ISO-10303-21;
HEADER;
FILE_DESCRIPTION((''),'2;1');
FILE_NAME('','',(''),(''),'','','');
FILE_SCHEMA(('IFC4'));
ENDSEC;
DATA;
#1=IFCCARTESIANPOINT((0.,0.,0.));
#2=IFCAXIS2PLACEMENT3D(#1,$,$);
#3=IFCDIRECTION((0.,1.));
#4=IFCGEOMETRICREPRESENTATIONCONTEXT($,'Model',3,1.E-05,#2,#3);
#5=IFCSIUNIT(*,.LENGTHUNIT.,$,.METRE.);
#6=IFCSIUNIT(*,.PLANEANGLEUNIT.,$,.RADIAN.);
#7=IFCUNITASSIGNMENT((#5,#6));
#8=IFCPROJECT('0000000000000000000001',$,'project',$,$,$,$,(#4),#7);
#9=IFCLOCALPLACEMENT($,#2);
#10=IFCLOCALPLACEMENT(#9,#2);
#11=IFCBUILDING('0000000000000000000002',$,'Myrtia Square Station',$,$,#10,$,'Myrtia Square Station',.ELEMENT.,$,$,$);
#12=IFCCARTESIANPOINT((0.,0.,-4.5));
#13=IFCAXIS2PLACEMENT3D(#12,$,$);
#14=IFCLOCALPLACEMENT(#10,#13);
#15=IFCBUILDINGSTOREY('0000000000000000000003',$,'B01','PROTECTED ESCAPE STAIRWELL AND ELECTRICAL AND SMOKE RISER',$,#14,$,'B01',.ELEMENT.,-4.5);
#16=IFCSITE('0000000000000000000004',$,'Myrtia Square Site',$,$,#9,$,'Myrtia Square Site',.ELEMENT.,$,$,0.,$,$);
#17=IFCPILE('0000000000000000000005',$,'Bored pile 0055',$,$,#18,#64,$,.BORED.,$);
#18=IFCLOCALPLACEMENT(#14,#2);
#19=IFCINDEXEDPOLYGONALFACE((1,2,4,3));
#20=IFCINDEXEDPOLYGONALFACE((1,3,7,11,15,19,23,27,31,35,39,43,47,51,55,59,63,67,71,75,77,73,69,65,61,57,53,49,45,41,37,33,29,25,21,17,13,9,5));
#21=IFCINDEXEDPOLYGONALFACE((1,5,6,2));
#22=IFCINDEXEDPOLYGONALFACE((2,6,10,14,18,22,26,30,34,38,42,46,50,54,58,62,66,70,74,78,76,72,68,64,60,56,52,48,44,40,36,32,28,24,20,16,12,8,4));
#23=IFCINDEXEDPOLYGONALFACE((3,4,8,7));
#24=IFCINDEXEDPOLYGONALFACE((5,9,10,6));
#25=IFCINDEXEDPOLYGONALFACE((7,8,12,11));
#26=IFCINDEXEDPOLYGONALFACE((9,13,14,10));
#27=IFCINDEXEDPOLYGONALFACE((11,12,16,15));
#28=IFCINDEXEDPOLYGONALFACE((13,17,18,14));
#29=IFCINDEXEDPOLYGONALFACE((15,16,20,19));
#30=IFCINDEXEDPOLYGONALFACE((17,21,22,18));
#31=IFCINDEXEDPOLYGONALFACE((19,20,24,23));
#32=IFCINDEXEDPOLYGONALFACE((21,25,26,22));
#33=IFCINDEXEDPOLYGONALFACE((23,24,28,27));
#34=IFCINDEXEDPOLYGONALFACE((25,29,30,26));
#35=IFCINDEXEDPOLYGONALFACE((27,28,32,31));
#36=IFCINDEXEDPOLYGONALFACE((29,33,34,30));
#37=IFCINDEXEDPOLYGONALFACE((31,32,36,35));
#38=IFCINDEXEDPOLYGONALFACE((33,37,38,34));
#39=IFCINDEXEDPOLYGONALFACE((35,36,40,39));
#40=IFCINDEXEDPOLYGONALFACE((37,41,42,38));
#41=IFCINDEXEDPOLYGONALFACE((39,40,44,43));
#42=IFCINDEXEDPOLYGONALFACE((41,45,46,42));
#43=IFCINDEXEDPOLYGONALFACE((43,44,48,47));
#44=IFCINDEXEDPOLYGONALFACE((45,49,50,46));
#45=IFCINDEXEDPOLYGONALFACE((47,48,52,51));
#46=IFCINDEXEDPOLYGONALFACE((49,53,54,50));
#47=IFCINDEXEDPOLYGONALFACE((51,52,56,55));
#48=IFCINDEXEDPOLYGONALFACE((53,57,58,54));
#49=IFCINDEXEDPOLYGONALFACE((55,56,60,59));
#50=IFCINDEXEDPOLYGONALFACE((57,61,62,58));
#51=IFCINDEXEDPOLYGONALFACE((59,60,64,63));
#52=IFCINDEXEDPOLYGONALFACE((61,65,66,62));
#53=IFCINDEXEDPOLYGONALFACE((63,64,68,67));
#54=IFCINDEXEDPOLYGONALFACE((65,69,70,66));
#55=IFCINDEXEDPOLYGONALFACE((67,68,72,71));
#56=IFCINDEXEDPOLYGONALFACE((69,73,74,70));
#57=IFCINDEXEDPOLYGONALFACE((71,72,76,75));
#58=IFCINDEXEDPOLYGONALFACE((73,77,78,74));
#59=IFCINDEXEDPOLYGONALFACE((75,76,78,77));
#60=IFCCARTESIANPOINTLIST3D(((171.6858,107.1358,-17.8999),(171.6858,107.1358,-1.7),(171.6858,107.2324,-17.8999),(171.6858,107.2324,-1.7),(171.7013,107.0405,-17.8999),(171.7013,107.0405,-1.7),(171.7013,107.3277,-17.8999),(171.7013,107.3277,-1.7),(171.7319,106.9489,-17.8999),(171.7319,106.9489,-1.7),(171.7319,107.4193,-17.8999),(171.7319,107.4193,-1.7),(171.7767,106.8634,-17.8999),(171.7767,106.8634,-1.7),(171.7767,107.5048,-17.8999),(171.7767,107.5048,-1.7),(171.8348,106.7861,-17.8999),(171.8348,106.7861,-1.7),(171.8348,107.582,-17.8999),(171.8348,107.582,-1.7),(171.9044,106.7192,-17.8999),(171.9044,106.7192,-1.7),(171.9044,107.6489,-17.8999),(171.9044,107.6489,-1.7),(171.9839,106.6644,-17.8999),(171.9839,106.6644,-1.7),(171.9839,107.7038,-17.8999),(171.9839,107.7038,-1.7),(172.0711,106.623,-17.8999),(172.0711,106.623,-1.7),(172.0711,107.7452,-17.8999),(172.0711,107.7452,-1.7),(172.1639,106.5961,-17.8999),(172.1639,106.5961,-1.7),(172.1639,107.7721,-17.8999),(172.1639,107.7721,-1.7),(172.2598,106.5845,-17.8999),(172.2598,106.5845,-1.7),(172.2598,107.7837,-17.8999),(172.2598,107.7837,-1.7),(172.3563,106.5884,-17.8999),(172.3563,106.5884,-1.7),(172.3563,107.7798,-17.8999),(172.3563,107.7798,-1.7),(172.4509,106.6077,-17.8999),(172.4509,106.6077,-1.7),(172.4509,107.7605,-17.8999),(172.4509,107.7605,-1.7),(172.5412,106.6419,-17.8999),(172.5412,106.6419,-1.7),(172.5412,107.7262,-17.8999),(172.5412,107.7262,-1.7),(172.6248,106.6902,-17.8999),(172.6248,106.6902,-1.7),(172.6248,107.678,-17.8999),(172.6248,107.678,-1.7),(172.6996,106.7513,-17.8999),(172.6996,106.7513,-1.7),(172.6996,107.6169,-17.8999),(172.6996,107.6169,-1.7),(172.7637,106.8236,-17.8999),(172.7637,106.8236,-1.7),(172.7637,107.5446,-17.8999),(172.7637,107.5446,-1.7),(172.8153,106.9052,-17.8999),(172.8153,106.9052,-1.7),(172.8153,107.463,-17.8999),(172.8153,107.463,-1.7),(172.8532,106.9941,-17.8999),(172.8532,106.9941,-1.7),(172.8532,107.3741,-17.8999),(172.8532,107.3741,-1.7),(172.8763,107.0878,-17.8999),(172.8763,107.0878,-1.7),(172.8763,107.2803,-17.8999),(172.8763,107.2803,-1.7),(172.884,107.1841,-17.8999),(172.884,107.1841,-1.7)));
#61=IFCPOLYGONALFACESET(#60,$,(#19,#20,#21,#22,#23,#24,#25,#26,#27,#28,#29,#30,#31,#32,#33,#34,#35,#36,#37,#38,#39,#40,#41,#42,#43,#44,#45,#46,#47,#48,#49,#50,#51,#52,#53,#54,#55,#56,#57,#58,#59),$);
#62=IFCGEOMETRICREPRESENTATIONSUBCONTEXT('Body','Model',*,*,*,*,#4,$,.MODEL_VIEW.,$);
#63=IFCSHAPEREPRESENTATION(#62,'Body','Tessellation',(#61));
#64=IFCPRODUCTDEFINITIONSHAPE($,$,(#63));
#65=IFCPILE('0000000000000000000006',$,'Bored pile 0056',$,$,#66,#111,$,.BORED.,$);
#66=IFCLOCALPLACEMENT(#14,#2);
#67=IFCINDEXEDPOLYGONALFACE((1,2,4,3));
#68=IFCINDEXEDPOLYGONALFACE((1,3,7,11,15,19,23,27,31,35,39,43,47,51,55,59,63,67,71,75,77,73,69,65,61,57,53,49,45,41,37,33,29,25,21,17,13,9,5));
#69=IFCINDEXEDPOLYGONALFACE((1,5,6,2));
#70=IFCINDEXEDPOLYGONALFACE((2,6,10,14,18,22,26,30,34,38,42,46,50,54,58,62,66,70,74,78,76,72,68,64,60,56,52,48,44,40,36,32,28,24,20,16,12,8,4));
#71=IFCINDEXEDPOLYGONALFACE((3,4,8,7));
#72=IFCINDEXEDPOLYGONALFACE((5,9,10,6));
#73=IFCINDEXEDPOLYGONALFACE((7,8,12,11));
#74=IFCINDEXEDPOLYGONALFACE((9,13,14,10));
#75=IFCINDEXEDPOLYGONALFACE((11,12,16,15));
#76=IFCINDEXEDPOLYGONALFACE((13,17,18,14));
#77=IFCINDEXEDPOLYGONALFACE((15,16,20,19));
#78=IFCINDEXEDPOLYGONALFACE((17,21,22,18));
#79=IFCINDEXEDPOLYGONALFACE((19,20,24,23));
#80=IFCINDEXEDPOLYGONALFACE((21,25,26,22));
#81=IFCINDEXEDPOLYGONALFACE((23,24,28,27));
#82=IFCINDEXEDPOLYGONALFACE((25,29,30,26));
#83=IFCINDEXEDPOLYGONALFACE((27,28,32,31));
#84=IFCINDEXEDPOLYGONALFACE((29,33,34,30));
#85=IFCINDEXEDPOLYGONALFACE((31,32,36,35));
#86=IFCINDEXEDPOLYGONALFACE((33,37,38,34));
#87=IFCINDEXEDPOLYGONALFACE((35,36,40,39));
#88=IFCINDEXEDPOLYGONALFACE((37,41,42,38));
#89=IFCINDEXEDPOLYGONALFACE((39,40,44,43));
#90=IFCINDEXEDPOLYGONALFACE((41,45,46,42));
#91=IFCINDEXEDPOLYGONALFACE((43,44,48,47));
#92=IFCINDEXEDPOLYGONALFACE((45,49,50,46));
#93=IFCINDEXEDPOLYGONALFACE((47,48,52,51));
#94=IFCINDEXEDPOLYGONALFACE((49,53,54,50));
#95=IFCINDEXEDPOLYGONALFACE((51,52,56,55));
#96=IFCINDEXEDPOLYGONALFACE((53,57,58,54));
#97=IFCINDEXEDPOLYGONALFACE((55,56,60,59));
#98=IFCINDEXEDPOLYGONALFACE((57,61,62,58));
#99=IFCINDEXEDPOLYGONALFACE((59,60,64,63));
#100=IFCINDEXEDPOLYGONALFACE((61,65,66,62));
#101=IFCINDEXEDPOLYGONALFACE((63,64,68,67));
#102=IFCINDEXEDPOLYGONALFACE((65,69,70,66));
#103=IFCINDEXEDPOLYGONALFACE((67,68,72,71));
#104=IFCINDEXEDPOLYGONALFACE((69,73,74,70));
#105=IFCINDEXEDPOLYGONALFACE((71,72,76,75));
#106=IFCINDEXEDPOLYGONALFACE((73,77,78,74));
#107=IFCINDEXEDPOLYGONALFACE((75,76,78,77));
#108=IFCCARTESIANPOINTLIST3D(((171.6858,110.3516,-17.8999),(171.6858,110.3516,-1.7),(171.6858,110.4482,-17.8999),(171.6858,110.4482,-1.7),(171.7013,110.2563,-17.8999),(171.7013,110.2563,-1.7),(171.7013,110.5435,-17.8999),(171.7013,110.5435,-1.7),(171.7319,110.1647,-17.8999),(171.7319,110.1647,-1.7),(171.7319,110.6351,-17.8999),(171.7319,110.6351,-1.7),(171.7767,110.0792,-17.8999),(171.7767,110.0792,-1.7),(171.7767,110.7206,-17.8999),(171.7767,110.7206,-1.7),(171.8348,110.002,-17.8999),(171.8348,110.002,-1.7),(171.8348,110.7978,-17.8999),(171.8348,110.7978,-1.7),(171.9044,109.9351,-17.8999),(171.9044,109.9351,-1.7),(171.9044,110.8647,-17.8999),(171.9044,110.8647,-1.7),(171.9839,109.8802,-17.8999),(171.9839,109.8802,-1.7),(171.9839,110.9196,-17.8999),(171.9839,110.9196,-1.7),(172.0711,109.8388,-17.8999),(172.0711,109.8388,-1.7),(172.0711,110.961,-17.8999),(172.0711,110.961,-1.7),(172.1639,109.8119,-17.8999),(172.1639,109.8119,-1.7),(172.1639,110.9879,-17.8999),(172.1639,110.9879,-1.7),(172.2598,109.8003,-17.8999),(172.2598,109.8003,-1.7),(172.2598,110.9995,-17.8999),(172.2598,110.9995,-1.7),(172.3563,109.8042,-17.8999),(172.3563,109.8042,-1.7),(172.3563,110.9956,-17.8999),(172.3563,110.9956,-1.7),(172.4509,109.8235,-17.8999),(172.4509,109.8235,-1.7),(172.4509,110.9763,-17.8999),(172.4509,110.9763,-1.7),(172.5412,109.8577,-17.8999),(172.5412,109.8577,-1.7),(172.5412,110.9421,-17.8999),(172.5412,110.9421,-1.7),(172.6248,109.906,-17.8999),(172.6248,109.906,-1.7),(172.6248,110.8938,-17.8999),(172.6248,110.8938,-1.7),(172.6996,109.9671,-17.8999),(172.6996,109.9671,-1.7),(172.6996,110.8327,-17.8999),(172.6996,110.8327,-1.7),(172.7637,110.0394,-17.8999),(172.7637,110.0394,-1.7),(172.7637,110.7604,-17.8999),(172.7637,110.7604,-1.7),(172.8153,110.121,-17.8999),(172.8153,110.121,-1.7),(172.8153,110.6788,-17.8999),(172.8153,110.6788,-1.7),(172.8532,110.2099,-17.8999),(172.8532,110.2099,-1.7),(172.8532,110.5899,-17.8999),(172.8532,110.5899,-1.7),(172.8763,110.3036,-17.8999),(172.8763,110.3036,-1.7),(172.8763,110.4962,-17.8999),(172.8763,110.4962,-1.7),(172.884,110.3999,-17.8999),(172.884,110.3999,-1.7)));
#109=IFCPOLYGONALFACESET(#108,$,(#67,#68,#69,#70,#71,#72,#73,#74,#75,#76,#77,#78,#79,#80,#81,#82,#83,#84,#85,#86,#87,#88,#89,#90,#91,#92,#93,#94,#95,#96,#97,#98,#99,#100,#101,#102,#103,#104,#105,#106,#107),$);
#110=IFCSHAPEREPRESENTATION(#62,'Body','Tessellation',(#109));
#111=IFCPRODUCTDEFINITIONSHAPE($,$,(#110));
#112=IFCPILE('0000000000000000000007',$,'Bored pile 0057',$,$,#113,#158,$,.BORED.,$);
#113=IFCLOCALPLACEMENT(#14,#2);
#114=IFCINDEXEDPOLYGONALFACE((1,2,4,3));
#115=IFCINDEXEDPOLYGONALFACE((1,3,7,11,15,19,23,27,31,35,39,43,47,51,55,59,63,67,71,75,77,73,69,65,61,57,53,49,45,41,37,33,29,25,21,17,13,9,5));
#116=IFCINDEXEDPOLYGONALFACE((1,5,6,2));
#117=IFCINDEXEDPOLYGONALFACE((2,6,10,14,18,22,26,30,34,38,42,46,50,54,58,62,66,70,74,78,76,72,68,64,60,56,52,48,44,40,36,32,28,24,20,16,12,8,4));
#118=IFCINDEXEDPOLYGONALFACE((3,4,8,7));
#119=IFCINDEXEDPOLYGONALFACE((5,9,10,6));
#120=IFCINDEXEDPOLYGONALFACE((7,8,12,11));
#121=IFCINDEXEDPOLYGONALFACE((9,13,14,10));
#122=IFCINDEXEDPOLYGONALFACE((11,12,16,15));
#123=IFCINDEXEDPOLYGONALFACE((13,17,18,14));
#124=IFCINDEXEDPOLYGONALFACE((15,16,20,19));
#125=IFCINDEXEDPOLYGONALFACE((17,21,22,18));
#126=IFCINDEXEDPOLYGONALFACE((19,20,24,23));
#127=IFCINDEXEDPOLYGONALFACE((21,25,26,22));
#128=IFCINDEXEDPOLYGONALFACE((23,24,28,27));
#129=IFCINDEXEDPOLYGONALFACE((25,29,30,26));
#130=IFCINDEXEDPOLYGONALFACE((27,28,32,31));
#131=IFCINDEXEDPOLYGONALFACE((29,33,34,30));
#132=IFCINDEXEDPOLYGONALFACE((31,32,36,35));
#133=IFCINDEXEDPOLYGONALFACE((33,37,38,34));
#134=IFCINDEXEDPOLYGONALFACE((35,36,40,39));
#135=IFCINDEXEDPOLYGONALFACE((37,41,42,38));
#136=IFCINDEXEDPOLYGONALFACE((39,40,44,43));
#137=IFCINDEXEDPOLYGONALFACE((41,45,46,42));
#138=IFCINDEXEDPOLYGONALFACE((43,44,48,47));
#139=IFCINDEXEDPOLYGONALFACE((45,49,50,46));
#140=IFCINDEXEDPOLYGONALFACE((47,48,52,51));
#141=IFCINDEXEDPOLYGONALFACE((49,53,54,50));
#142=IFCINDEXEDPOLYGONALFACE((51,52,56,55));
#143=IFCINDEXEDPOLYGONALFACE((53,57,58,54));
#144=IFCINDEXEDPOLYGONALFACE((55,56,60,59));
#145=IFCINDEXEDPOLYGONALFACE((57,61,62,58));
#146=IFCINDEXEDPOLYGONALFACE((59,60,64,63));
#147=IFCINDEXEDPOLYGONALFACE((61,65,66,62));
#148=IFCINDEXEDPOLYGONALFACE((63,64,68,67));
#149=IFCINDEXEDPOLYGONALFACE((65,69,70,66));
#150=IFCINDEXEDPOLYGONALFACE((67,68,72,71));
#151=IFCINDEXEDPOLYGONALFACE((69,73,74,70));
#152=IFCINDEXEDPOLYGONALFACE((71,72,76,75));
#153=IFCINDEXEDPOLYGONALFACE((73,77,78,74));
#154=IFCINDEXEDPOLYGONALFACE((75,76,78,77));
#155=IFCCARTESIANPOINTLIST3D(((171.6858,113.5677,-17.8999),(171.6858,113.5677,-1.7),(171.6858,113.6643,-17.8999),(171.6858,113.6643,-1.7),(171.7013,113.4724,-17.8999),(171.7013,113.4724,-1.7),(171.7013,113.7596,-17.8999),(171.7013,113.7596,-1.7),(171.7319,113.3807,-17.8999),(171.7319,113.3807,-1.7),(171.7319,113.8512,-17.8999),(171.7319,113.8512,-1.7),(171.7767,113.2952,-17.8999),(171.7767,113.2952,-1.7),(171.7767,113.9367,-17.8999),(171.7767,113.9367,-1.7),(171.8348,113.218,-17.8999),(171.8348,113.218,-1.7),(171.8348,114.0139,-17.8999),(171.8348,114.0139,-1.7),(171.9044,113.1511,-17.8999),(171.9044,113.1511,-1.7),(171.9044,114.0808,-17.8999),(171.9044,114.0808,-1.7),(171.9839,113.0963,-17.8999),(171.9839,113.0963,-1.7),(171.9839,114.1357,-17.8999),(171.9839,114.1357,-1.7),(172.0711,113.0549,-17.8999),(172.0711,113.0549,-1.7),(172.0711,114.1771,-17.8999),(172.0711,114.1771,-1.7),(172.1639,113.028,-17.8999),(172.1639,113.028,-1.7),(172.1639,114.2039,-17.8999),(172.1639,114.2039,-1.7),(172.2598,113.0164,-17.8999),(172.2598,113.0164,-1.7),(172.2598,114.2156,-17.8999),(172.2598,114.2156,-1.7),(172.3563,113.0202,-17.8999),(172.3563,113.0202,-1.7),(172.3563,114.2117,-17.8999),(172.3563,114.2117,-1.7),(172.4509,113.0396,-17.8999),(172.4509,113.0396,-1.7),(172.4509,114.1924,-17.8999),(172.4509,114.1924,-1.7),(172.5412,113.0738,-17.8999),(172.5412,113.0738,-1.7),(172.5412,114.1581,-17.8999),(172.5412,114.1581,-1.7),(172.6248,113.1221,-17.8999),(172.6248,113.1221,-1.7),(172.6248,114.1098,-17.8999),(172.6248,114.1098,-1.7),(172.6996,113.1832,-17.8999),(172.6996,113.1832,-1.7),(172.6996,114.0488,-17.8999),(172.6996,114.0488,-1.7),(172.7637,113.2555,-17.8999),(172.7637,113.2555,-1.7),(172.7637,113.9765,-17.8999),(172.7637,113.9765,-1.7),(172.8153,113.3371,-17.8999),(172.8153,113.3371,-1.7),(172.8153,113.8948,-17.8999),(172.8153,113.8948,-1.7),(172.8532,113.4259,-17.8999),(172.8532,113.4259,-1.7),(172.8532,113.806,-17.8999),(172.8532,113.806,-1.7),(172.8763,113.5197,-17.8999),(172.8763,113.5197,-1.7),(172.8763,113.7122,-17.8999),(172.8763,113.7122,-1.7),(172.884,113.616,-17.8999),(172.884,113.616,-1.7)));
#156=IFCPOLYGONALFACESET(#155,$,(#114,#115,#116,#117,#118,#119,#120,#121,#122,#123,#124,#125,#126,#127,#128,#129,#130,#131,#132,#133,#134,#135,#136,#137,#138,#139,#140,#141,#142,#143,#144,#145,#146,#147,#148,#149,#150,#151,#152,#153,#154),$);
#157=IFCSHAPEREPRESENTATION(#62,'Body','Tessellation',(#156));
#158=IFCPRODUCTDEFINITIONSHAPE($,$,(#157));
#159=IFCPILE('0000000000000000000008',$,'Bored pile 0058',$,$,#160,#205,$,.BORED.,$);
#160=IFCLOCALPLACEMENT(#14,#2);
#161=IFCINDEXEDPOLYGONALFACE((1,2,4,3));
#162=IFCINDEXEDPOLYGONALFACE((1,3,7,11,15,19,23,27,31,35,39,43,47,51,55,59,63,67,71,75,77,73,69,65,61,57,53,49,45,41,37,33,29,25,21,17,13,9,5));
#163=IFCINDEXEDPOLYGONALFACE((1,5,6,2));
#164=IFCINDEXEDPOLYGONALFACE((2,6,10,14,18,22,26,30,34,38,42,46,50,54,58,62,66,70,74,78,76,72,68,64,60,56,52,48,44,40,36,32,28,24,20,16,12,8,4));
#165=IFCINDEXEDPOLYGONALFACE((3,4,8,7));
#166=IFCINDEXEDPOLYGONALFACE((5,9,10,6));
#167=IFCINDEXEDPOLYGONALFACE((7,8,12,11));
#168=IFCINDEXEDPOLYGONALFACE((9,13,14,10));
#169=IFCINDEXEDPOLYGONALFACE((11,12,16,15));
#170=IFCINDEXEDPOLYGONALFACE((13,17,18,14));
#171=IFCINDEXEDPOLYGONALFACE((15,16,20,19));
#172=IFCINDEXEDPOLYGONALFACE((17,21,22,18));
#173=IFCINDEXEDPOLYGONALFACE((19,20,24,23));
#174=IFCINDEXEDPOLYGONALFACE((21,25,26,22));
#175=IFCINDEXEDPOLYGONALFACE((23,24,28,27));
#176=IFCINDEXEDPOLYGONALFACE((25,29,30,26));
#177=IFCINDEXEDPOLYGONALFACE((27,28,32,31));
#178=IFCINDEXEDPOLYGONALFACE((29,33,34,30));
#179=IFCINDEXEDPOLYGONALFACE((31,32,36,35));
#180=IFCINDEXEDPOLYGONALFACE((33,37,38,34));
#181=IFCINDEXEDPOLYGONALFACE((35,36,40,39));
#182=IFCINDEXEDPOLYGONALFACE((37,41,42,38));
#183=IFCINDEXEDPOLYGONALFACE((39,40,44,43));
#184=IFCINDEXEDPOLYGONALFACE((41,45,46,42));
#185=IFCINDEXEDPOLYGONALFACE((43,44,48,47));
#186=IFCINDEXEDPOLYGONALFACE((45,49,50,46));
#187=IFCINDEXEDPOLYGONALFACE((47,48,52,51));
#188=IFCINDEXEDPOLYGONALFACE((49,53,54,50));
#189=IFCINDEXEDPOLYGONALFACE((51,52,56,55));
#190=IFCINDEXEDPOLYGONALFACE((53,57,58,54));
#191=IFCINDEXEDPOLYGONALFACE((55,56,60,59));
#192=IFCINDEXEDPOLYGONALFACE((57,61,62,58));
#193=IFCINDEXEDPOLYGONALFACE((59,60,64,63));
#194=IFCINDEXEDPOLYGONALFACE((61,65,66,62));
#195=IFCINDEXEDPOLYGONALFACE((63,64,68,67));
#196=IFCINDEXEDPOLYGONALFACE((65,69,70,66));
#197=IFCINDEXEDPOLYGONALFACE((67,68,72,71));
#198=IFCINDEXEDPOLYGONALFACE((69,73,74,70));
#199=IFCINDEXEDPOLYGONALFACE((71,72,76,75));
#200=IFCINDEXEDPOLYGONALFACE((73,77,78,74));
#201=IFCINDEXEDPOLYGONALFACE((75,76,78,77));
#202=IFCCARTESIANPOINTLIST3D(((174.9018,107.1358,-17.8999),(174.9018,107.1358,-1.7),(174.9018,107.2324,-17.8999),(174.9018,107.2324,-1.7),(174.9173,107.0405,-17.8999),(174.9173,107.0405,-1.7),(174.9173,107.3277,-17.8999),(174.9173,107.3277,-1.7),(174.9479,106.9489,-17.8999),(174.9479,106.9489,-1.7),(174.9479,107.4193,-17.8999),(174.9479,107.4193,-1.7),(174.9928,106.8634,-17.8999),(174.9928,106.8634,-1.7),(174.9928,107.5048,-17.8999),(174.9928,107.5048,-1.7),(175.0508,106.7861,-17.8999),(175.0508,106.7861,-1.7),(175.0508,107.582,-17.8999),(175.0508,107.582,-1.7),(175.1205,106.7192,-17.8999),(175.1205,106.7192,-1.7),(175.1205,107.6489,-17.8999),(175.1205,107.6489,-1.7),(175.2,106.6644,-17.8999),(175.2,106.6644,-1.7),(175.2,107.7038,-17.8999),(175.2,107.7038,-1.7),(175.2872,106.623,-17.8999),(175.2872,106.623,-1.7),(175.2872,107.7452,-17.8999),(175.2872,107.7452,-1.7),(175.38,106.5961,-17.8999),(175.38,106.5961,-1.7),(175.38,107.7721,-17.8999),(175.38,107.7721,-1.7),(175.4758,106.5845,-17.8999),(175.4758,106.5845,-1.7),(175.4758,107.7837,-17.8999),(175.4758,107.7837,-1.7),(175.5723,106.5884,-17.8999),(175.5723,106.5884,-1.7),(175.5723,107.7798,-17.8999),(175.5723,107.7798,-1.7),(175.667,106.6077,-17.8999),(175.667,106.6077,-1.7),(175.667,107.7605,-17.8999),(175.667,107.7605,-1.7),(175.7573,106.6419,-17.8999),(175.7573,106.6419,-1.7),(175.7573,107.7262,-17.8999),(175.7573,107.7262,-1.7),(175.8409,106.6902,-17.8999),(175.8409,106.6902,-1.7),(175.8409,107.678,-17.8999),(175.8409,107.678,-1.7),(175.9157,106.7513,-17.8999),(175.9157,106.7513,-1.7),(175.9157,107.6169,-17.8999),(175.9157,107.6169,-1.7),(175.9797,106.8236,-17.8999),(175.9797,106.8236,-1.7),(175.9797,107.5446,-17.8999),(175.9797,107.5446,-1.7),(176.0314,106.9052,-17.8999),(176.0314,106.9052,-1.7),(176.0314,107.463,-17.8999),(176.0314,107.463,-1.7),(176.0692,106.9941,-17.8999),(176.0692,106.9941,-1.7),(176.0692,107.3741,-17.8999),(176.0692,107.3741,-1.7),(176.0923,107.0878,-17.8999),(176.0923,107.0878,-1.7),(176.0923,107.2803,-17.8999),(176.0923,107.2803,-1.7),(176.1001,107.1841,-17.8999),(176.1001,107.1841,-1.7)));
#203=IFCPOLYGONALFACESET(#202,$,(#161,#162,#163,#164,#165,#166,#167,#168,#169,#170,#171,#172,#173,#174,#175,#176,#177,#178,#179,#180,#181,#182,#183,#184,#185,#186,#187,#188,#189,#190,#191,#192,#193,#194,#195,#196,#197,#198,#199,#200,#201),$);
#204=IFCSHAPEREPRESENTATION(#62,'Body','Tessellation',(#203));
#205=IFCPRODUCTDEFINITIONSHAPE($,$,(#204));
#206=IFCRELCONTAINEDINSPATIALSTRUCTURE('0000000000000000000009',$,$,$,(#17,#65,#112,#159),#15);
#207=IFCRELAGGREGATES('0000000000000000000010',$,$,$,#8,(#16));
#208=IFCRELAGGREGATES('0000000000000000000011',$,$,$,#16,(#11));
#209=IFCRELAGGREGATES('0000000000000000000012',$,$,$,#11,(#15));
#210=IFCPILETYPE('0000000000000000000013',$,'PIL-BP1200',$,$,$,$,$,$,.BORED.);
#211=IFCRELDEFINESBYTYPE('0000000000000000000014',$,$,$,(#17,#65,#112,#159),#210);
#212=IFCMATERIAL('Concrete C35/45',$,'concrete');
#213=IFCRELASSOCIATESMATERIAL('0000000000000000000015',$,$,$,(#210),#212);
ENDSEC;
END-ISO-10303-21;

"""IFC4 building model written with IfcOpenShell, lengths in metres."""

from ifc_helpers import new_model, si_unit, direction, frame, origin, origin_2d, place, context, subcontext, project, spatial, circle, extrude, material, material_profile, profile_set, type_object, element, save


model = new_model("IFC4")

# Units and contexts
model_context = context("Model", 3, precision=1e-05, world=origin(), true_north=direction((0.0, 1.0)))
body_context = subcontext(model_context, "Body", "Model", "MODEL_VIEW")
ifc_project = project(units=[si_unit("LENGTHUNIT", "METRE"), si_unit("PLANEANGLEUNIT", "RADIAN")], contexts=[model_context])

# Site, building, storey
site_placement = place(None, origin())
site = spatial("IfcSite", under=ifc_project, at=site_placement, Name="Myrtia Square Site", LongName="Myrtia Square Site", CompositionType="ELEMENT", RefElevation=0.0)
building_placement = place(site_placement, origin())
building = spatial("IfcBuilding", under=site, at=building_placement, Name="Myrtia Square Station", LongName="Myrtia Square Station", CompositionType="ELEMENT")
storey_placement = place(building_placement, frame((0.0, 0.0, -4.5)))
storey = spatial("IfcBuildingStorey", under=building, at=storey_placement, Name="B01", Description="PROTECTED ESCAPE STAIRWELL AND ELECTRICAL AND SMOKE RISER", LongName="B01", CompositionType="ELEMENT", Elevation=-4.5)

# Shared definitions
ifc_material_1 = material(Name="Concrete C35/45", Category="concrete")

# Piles
ifc_material_profile_1 = material_profile(ifc_material_1, circle(Radius=0.6001, at=origin_2d()), Name="BP D1200")
ifc_profile_set_1 = profile_set([ifc_material_profile_1], Name="Concrete C35/45")
pile_type_1 = type_object("IfcPileType", Name="PIL-BP1200", PredefinedType="BORED", material=ifc_profile_set_1)
for number, where, z_axis, x_axis, name in (
    (1, (172.2839, 107.1841, -1.7), (0.0, 0.0, -1.0), (1.0, 0.0, 0.0), "Bored pile 0055"),
    (2, (172.2839, 110.3999, -1.7), (0.0, 0.0, -1.0), (1.0, 0.0, 0.0), "Bored pile 0056"),
    (3, (172.2839, 113.616, -1.7), (0.0, 0.0, -1.0), (1.0, 0.0, 0.0), "Bored pile 0057"),
    (4, (175.5, 107.1841, -1.7), (0.0, 0.0, -1.0), (1.0, 0.0, 0.0), "Bored pile 0058"),
):
    element("IfcPile", number, at=place(storey_placement, frame(where, z_axis=z_axis, x_axis=x_axis)), inside=storey, type_object=pile_type_1, Name=name, PredefinedType="BORED", context=body_context, shape_type="SweptSolid", body=[
        extrude(circle(Radius=0.6001, at=origin_2d()), origin(), (0.0, 0.0, 1.0), 16.2),
    ])

save(model, "model.ifc")
